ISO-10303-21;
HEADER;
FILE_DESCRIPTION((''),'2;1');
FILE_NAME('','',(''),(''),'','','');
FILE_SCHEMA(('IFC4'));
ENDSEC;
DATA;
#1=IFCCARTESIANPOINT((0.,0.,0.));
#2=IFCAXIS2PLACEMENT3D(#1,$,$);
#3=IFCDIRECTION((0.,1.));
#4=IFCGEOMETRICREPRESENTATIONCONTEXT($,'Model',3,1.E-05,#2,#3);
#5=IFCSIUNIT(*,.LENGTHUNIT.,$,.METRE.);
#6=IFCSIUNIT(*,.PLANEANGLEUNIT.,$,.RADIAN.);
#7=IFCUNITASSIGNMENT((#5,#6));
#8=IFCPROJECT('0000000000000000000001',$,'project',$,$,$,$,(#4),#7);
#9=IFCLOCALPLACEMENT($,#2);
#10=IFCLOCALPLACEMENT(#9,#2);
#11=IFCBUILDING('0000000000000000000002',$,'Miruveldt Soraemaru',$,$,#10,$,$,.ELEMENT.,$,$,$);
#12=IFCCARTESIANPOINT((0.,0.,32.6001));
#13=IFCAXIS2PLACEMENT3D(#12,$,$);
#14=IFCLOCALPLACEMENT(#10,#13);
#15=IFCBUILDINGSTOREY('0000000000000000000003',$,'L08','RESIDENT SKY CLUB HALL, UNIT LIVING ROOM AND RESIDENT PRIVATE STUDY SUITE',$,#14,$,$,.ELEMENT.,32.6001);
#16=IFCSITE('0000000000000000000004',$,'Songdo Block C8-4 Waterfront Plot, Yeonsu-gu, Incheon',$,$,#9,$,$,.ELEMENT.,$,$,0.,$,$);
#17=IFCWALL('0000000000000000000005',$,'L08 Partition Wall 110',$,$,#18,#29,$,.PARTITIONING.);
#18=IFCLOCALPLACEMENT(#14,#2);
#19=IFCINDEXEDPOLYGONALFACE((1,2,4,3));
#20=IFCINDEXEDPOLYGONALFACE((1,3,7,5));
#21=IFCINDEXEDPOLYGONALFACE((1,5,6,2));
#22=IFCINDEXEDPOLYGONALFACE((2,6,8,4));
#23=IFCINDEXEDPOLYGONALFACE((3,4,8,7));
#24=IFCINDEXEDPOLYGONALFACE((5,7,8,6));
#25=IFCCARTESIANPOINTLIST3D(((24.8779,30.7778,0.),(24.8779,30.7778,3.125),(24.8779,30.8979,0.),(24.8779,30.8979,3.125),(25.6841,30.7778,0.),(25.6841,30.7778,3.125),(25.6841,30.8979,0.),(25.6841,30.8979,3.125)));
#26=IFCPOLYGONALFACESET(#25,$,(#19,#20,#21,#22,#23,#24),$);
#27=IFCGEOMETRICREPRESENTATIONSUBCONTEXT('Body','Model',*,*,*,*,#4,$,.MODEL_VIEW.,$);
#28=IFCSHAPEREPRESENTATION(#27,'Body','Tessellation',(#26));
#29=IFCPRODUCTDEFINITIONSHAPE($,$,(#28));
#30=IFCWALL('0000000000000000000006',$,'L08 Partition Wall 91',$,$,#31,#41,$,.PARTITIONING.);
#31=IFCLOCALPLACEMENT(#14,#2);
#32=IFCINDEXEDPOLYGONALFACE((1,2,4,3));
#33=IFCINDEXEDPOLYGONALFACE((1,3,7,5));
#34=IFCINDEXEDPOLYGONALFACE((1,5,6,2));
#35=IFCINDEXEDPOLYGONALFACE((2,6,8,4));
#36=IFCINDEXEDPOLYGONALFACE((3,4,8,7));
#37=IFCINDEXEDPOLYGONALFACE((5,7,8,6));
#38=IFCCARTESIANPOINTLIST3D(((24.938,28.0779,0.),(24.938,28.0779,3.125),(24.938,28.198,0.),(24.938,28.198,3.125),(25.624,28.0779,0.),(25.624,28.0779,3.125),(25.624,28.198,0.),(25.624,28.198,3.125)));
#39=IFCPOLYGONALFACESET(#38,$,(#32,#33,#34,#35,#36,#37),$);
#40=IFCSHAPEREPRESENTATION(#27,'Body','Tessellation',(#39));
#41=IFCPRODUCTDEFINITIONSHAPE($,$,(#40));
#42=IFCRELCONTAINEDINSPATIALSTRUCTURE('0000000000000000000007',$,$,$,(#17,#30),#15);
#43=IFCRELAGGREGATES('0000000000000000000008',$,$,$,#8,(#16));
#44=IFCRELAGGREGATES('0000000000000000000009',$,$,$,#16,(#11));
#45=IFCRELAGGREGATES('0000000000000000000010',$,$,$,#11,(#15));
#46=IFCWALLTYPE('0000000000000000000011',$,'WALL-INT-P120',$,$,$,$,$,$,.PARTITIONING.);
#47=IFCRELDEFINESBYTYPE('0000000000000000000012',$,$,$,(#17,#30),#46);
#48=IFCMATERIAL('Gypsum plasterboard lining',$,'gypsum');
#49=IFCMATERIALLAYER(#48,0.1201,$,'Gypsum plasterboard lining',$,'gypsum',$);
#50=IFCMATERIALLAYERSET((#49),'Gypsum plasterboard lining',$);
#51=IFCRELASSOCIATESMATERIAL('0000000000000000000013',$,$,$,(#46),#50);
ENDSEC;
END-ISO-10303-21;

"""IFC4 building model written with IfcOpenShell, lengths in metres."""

from ifc_helpers import new_model, si_unit, direction, frame, frame_2d, origin, place, context, subcontext, project, spatial, rectangle, extrude, material, layer, layer_set, type_object, element, save


model = new_model("IFC4")

# Units and contexts
model_context = context("Model", 3, precision=1e-05, world=origin(), true_north=direction((0.0, 1.0)))
body_context = subcontext(model_context, "Body", "Model", "MODEL_VIEW")
ifc_project = project(units=[si_unit("LENGTHUNIT", "METRE"), si_unit("PLANEANGLEUNIT", "RADIAN")], contexts=[model_context])

# Site, building, storey
site_placement = place(None, origin())
site = spatial("IfcSite", under=ifc_project, at=site_placement, Name="Songdo Block C8-4 Waterfront Plot, Yeonsu-gu, Incheon", CompositionType="ELEMENT", RefElevation=0.0)
building_placement = place(site_placement, origin())
building = spatial("IfcBuilding", under=site, at=building_placement, Name="Miruveldt Soraemaru", CompositionType="ELEMENT")
storey_placement = place(building_placement, frame((0.0, 0.0, 32.6001)))
storey = spatial("IfcBuildingStorey", under=building, at=storey_placement, Name="L08", Description="RESIDENT SKY CLUB HALL, UNIT LIVING ROOM AND RESIDENT PRIVATE STUDY SUITE", CompositionType="ELEMENT", Elevation=32.6001)

# Shared definitions
ifc_material_1 = material(Name="Gypsum plasterboard lining", Category="gypsum")
ifc_layer_1 = layer(ifc_material_1, 0.1201, Name="Gypsum plasterboard lining", Category="gypsum")
ifc_layer_set_1 = layer_set([ifc_layer_1], Name="Gypsum plasterboard lining")
wall_type_1 = type_object("IfcWallType", Name="WALL-INT-P120", PredefinedType="PARTITIONING", material=ifc_layer_set_1)

# Walls
wall_1_placement = place(storey_placement, frame((25.6841, 30.8379, 0.0), z_axis=(0.0, 0.0, 1.0), x_axis=(-1.0, 0.0, 0.0)))
element("IfcWall", 1, at=wall_1_placement, inside=storey, type_object=wall_type_1, Name="L08 Partition Wall 110", PredefinedType="PARTITIONING", context=body_context, shape_type="SweptSolid", body=[
    extrude(rectangle(XDim=0.8062, YDim=0.1201, at=frame_2d((0.4031, 0.0))), origin(), (0.0, 0.0, 1.0), 3.125),
])
wall_2_placement = place(storey_placement, frame((24.938, 28.1379, 0.0), z_axis=(0.0, 0.0, 1.0), x_axis=(1.0, 0.0, 0.0)))
element("IfcWall", 2, at=wall_2_placement, inside=storey, type_object=wall_type_1, Name="L08 Partition Wall 91", PredefinedType="PARTITIONING", context=body_context, shape_type="SweptSolid", body=[
    extrude(rectangle(XDim=0.686, YDim=0.1201, at=frame_2d((0.343, 0.0))), origin(), (0.0, 0.0, 1.0), 3.125),
])

save(model, "model.ifc")
